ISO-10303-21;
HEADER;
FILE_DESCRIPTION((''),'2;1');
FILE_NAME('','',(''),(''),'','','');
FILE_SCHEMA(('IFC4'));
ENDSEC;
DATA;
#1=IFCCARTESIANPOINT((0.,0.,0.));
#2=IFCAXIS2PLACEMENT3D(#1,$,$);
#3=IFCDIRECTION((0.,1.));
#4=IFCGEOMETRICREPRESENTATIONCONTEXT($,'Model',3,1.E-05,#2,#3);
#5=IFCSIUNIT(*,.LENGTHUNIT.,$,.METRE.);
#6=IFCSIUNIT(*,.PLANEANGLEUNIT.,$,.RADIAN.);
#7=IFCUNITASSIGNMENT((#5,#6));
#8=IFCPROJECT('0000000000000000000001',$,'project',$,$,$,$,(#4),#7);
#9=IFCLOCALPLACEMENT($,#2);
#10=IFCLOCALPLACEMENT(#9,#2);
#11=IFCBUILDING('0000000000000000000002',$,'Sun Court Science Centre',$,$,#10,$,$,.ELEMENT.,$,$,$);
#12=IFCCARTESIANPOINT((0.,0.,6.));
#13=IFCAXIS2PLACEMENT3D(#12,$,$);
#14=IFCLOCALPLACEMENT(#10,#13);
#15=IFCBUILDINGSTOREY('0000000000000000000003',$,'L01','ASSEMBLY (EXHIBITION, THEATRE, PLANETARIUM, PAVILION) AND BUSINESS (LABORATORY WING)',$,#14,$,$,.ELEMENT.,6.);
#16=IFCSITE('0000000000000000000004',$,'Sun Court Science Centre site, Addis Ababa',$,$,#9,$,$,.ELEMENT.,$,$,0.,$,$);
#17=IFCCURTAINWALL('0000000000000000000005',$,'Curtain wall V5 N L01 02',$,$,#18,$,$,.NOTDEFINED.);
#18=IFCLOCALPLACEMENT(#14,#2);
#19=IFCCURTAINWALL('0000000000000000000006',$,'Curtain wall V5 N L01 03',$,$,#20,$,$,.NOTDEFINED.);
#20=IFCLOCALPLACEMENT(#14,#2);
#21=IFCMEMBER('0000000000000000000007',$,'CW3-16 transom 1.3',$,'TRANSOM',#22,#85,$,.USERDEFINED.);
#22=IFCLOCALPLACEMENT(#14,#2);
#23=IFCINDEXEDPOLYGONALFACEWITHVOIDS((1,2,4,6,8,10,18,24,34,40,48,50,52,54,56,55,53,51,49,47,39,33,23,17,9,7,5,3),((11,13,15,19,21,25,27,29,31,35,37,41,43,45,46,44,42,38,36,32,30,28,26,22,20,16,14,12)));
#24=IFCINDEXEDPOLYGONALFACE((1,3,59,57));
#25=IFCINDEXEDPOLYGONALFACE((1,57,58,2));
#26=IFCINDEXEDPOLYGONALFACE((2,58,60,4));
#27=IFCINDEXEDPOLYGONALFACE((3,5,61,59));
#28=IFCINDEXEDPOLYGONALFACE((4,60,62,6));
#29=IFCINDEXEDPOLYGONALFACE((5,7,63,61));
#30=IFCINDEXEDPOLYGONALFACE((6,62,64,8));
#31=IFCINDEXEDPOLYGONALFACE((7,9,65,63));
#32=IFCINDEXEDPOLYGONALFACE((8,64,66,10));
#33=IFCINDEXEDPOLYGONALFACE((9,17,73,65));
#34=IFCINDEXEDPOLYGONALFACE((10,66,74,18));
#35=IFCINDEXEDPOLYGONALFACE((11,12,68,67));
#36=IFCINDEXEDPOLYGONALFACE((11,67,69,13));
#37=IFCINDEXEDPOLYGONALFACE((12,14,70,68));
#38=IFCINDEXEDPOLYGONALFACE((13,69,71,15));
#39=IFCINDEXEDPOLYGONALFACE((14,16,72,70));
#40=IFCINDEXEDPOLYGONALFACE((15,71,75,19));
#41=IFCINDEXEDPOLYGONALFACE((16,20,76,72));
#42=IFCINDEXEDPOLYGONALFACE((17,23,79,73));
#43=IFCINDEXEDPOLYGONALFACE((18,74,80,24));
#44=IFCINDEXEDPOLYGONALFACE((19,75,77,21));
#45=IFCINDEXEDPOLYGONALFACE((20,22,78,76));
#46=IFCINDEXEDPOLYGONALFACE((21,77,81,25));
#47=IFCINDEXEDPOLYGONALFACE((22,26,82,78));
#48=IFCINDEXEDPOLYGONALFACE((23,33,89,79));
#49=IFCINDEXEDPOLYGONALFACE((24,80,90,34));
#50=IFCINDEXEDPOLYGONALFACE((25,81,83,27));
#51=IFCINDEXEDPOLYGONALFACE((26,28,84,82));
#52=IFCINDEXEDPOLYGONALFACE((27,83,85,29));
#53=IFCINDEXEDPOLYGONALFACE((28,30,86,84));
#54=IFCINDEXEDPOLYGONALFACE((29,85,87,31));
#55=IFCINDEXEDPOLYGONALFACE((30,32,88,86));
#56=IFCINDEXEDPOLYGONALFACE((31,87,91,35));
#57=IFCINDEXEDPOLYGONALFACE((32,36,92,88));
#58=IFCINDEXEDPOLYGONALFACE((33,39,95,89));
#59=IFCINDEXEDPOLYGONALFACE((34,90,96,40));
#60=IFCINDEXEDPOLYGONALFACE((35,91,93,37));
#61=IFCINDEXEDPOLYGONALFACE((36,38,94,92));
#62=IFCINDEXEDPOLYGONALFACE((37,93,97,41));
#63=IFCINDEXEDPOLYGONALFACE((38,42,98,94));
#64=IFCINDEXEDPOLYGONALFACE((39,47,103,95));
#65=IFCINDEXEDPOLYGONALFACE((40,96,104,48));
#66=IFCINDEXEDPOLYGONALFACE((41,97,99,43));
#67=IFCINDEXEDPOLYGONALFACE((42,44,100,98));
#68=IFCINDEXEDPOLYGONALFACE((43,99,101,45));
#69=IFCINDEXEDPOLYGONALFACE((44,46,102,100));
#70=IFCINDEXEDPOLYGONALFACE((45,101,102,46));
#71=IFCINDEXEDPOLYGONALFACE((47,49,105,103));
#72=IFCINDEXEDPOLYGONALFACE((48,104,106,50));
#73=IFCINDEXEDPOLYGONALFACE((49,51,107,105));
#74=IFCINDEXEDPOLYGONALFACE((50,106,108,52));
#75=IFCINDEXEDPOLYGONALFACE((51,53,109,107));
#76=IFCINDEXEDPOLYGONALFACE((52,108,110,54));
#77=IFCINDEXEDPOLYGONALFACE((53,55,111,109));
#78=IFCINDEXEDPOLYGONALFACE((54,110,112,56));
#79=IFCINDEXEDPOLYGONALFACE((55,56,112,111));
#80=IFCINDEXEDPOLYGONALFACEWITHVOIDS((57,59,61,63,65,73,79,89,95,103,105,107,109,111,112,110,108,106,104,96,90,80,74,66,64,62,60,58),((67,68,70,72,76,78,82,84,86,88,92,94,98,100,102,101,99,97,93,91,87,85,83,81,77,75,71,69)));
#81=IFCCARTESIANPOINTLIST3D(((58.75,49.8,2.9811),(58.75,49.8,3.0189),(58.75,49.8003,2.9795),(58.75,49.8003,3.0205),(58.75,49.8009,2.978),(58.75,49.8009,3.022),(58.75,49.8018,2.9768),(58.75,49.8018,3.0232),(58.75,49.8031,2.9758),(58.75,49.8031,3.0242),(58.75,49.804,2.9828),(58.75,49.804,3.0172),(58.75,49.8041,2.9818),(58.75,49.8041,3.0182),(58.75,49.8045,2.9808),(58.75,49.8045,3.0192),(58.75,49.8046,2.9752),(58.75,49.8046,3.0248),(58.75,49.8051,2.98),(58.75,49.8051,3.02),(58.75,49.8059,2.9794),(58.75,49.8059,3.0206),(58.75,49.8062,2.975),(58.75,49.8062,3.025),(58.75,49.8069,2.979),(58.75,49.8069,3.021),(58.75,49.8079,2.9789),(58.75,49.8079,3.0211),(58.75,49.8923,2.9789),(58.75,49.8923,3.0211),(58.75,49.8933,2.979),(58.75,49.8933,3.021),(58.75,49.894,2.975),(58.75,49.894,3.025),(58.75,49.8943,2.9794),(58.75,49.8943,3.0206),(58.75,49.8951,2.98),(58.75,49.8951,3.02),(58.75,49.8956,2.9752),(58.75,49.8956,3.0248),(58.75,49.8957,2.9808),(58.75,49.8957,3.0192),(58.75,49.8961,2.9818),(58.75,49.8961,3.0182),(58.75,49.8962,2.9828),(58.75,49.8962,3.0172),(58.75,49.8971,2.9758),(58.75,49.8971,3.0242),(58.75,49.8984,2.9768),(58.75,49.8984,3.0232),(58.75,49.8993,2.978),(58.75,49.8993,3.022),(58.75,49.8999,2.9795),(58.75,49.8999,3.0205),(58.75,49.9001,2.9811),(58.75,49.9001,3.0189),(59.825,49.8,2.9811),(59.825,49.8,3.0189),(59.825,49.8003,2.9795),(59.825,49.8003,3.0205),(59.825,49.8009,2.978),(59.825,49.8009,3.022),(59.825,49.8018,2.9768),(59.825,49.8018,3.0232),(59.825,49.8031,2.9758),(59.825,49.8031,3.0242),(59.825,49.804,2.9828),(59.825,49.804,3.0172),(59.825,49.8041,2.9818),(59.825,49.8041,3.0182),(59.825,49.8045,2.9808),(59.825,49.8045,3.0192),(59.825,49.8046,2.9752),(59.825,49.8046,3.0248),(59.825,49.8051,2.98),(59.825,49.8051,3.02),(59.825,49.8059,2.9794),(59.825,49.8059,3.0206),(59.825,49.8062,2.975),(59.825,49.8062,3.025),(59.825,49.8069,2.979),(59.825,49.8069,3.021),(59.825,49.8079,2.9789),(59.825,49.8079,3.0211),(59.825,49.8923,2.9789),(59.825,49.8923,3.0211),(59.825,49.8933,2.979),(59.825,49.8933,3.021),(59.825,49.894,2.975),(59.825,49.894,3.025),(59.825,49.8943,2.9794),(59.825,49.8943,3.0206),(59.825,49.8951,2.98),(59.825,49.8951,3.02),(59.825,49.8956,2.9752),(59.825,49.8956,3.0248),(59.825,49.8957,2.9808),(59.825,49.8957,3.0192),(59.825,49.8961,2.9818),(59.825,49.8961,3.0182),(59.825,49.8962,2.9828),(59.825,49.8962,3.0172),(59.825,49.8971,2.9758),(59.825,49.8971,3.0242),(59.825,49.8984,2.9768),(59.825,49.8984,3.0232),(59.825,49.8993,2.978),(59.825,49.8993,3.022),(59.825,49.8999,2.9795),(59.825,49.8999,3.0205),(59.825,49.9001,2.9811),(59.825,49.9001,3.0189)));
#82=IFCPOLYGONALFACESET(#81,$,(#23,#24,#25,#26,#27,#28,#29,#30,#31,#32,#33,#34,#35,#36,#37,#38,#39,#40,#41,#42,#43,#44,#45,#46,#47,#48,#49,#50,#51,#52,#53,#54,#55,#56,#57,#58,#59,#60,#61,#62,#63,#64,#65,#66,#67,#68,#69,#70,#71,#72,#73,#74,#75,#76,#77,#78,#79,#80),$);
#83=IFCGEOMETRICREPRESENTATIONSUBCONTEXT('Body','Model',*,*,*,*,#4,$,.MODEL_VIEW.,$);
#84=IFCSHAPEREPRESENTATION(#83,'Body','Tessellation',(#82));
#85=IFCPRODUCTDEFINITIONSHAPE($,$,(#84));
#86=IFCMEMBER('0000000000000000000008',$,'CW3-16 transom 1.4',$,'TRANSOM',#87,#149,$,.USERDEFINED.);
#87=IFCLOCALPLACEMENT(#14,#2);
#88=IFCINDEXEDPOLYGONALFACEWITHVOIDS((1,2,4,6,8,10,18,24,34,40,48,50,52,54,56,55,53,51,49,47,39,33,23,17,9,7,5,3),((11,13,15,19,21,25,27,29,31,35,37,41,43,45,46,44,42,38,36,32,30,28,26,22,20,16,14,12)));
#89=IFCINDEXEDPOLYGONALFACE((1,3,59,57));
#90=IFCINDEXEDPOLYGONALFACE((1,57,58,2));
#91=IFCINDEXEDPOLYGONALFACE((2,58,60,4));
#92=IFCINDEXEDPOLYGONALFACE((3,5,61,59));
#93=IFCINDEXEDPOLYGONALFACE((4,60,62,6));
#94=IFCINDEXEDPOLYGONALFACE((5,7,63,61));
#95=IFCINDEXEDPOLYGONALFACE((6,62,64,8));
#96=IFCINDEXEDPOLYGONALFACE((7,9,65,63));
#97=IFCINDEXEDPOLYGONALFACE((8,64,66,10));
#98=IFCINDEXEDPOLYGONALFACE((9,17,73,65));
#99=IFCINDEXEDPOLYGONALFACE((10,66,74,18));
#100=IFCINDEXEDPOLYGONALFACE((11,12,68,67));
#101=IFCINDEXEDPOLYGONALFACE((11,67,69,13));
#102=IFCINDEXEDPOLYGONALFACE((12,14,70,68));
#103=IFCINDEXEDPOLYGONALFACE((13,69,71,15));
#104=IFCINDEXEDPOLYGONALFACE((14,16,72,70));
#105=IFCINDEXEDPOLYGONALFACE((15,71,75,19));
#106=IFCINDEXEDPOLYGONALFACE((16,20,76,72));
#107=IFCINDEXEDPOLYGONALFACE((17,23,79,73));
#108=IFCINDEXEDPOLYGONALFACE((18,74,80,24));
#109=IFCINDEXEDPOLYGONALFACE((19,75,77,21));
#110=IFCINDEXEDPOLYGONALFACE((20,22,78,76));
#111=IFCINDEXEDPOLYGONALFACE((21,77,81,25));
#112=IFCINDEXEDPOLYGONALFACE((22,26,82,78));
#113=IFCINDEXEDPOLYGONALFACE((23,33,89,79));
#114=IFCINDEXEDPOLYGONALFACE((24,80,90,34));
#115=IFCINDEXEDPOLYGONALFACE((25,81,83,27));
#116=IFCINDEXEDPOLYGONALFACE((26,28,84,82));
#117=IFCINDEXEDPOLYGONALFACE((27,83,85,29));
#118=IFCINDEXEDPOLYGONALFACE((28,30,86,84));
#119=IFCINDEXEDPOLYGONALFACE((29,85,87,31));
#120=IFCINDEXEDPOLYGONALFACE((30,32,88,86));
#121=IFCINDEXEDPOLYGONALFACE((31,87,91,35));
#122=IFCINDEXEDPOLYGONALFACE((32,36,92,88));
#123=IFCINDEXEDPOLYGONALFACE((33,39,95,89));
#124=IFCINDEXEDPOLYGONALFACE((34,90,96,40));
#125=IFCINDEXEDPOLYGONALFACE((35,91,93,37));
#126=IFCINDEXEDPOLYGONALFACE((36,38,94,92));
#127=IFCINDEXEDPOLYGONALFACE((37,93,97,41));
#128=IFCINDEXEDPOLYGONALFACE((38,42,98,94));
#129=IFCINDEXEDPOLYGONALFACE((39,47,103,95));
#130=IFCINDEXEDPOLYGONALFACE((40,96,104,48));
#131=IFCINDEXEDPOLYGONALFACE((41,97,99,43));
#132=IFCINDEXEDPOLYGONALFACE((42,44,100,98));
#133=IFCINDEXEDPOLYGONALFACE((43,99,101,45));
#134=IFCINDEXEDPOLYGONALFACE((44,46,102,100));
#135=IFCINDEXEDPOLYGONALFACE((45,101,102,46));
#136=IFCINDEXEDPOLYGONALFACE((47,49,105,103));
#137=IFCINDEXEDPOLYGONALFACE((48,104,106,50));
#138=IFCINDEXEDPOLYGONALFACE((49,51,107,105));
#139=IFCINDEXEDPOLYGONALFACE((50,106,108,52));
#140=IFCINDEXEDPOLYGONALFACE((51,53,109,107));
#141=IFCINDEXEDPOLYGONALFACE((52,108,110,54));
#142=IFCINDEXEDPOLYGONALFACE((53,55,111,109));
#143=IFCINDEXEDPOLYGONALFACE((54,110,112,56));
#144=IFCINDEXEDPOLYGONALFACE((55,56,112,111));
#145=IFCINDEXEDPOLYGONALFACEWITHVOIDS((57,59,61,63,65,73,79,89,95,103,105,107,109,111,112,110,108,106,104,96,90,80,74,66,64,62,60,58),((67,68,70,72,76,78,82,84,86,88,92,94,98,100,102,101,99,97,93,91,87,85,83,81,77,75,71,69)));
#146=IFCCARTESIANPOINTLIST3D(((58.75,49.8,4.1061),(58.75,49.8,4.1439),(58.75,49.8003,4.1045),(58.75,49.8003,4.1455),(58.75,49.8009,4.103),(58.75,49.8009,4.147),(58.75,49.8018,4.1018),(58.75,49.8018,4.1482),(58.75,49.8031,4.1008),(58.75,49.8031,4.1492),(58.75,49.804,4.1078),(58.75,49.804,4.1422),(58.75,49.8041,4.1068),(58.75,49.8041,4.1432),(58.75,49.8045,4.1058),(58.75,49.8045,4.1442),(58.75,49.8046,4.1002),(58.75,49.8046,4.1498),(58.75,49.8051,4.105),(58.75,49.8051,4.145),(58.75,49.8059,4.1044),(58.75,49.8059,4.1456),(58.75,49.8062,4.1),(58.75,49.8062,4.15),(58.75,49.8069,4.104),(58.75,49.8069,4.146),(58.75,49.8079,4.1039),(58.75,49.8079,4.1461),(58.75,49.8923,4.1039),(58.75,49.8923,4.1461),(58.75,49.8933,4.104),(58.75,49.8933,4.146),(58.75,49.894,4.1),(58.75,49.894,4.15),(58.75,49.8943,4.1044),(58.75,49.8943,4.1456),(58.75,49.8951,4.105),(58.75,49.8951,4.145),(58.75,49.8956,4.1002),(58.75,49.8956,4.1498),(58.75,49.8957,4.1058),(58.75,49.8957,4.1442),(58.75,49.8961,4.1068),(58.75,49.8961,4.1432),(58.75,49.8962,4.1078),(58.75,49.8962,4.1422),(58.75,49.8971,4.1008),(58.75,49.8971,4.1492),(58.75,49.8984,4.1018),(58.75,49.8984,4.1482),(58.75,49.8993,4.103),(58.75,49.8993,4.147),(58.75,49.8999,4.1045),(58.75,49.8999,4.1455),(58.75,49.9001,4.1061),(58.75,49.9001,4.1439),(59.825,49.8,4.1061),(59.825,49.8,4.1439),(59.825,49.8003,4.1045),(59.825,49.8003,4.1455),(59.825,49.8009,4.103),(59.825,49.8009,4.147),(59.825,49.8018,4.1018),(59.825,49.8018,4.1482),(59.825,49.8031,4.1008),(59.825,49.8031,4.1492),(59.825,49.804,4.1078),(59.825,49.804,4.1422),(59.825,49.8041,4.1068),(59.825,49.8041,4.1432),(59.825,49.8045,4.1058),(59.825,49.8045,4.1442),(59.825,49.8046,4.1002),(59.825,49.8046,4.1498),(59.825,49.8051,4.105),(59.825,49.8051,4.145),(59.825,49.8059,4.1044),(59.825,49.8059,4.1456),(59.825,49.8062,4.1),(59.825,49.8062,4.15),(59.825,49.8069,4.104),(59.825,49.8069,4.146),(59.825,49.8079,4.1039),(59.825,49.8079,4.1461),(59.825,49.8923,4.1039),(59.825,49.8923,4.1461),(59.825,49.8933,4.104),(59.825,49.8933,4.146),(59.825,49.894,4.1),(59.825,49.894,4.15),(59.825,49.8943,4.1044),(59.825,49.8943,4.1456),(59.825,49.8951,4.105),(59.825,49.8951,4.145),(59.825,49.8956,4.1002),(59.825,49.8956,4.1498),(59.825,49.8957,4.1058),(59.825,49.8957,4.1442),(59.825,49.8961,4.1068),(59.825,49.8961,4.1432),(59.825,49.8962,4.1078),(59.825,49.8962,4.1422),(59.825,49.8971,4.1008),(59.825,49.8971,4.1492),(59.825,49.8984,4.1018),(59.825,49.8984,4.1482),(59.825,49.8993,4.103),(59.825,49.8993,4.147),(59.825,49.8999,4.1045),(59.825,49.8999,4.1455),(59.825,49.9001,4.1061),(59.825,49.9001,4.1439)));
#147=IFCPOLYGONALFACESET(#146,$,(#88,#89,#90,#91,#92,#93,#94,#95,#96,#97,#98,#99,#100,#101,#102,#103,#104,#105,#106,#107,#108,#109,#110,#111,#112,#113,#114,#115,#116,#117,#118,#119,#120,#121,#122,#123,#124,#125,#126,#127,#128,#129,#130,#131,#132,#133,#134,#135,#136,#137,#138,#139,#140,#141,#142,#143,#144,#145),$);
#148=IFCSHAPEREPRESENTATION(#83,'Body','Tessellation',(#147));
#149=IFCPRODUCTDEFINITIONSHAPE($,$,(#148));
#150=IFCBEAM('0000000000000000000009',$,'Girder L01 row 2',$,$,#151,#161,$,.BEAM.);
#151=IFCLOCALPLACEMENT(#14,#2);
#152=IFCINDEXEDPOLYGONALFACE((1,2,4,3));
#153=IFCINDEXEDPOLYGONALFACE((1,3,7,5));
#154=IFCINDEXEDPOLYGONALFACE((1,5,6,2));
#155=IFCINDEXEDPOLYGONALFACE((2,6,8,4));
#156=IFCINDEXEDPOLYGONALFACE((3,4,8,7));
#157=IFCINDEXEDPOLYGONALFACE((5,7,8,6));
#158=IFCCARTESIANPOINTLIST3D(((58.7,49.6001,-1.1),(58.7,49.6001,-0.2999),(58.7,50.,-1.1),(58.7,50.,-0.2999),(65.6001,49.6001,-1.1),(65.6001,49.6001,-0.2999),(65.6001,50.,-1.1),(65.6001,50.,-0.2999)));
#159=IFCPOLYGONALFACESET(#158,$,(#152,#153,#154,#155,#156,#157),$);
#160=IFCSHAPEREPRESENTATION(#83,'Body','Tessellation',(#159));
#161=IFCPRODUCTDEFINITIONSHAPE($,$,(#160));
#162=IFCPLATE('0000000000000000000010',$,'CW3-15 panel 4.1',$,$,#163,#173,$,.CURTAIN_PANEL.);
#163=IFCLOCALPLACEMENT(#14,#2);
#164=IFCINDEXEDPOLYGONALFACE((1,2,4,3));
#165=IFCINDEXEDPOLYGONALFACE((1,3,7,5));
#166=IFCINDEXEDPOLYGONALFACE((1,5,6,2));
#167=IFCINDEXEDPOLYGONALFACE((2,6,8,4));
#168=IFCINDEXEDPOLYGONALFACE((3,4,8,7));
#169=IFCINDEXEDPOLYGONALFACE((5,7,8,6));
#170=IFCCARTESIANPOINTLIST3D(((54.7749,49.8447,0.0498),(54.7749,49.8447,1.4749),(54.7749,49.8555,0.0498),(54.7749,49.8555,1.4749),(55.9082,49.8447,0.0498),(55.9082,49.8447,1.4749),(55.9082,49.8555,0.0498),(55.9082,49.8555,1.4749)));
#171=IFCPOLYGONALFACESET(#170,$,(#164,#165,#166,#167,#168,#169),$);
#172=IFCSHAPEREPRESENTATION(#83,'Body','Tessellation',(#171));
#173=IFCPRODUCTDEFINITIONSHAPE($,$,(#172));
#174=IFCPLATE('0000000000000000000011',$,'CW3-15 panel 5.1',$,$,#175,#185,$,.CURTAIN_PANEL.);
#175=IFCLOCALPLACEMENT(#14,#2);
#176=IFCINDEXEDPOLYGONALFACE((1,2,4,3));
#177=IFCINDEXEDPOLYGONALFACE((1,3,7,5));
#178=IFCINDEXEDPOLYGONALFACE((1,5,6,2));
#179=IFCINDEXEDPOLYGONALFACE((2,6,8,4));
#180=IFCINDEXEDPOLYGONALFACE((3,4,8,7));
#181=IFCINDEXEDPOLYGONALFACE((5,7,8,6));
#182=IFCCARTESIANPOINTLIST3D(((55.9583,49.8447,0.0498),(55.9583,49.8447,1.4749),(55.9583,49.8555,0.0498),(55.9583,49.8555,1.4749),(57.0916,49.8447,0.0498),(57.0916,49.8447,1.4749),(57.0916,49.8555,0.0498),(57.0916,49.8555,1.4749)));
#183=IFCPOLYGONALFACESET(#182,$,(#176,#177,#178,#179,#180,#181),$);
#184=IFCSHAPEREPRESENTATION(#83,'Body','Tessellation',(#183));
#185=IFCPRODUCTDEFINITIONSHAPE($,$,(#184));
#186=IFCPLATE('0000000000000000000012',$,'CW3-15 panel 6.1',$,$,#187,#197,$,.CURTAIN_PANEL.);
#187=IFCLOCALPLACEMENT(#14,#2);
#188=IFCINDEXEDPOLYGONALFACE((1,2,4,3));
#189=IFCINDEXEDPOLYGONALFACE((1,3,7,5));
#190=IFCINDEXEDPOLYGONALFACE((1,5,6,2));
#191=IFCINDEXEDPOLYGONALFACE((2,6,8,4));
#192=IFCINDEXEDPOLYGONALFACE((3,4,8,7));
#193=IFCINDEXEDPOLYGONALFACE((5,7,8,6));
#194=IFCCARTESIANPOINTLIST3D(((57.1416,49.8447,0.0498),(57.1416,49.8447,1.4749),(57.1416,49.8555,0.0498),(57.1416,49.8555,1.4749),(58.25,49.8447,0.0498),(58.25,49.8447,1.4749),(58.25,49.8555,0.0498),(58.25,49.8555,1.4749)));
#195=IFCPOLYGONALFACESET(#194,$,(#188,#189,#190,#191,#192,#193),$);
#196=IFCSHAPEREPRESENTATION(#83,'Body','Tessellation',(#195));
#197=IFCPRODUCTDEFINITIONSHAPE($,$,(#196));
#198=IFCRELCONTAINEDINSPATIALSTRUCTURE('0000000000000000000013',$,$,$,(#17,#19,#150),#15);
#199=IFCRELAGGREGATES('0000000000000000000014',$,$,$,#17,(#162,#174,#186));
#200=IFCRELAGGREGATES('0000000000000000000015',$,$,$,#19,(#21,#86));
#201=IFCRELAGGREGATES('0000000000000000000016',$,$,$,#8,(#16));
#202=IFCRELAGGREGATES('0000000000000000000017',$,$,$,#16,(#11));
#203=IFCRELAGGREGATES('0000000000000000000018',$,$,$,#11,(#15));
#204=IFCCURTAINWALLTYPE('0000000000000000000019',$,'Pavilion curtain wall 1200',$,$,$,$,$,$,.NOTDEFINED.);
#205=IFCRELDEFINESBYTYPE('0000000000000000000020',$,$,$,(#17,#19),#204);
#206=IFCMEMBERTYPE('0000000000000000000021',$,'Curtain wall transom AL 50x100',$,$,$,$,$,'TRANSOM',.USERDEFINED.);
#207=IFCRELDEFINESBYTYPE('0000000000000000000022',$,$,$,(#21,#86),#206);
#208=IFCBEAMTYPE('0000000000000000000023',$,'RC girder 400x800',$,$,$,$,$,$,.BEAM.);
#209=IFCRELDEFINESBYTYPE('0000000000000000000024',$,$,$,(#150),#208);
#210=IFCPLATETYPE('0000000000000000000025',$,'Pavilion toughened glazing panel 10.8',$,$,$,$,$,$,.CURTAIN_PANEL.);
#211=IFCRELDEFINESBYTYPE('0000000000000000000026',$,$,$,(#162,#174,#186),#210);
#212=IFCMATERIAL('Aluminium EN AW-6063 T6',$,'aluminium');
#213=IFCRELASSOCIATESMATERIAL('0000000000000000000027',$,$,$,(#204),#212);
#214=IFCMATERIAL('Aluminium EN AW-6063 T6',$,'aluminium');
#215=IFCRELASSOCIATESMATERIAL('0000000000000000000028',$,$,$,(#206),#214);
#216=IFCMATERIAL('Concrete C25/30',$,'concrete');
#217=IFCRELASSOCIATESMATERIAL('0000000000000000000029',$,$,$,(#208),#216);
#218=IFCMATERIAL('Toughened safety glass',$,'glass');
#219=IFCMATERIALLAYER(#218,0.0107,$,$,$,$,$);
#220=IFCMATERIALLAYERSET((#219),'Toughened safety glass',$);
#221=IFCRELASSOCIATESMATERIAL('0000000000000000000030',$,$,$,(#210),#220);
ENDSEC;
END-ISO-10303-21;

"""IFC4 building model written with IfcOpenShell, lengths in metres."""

from ifc_helpers import new_model, si_unit, direction, frame, origin, origin_2d, place, context, subcontext, project, spatial, rectangle, hollow_rectangle, extrude, material, layer, layer_set, material_profile, profile_set, type_object, element, aggregate, save


model = new_model("IFC4")

# Units and contexts
model_context = context("Model", 3, precision=1e-05, world=origin(), true_north=direction((0.0, 1.0)))
body_context = subcontext(model_context, "Body", "Model", "MODEL_VIEW")
ifc_project = project(units=[si_unit("LENGTHUNIT", "METRE"), si_unit("PLANEANGLEUNIT", "RADIAN")], contexts=[model_context])

# Site, building, storey
site_placement = place(None, origin())
site = spatial("IfcSite", under=ifc_project, at=site_placement, Name="Sun Court Science Centre site, Addis Ababa", CompositionType="ELEMENT", RefElevation=0.0)
building_placement = place(site_placement, origin())
building = spatial("IfcBuilding", under=site, at=building_placement, Name="Sun Court Science Centre", CompositionType="ELEMENT")
storey_placement = place(building_placement, frame((0.0, 0.0, 6.0)))
storey = spatial("IfcBuildingStorey", under=building, at=storey_placement, Name="L01", Description="ASSEMBLY (EXHIBITION, THEATRE, PLANETARIUM, PAVILION) AND BUSINESS (LABORATORY WING)", CompositionType="ELEMENT", Elevation=6.0)

# Curtain walls
ifc_material_1 = material(Name="Aluminium EN AW-6063 T6", Category="aluminium")
curtain_wall_type = type_object("IfcCurtainWallType", Name="Pavilion curtain wall 1200", PredefinedType="NOTDEFINED", material=ifc_material_1)
curtain_wall_1_placement = place(storey_placement, origin())
curtain_wall_1 = element("IfcCurtainWall", 1, at=curtain_wall_1_placement, inside=storey, type_object=curtain_wall_type, Name="Curtain wall V5 N L01 02", PredefinedType="NOTDEFINED")
curtain_wall_2_placement = place(storey_placement, origin())
curtain_wall_2 = element("IfcCurtainWall", 2, at=curtain_wall_2_placement, inside=storey, type_object=curtain_wall_type, Name="Curtain wall V5 N L01 03", PredefinedType="NOTDEFINED")

# Members
ifc_material_2 = material(Name="Aluminium EN AW-6063 T6", Category="aluminium")
ifc_material_profile_1 = material_profile(ifc_material_2, hollow_rectangle(XDim=0.05, YDim=0.1001, WallThickness=0.0039, InnerFilletRadius=0.0039, OuterFilletRadius=0.0061, at=origin_2d()), Name="AL 50x100x4")
ifc_profile_set_1 = profile_set([ifc_material_profile_1], Name="Aluminium EN AW-6063 T6")
member_type_1 = type_object("IfcMemberType", Name="Curtain wall transom AL 50x100", ElementType="TRANSOM", PredefinedType="USERDEFINED", material=ifc_profile_set_1)
member_1_placement = place(storey_placement, frame((58.75, 49.8501, 3.0), z_axis=(1.0, 0.0, 0.0), x_axis=(0.0, 0.0, 1.0)))
member_1 = element("IfcMember", 3, at=member_1_placement, type_object=member_type_1, Name="CW3-16 transom 1.3", ObjectType="TRANSOM", PredefinedType="USERDEFINED", context=body_context, shape_type="SweptSolid", body=[
    extrude(hollow_rectangle(XDim=0.05, YDim=0.1001, WallThickness=0.0039, InnerFilletRadius=0.0039, OuterFilletRadius=0.0061, at=origin_2d()), origin(), (0.0, 0.0, 1.0), 1.075),
])
member_2_placement = place(storey_placement, frame((58.75, 49.8501, 4.125), z_axis=(1.0, 0.0, 0.0), x_axis=(0.0, 0.0, 1.0)))
member_2 = element("IfcMember", 4, at=member_2_placement, type_object=member_type_1, Name="CW3-16 transom 1.4", ObjectType="TRANSOM", PredefinedType="USERDEFINED", context=body_context, shape_type="SweptSolid", body=[
    extrude(hollow_rectangle(XDim=0.05, YDim=0.1001, WallThickness=0.0039, InnerFilletRadius=0.0039, OuterFilletRadius=0.0061, at=origin_2d()), origin(), (0.0, 0.0, 1.0), 1.075),
])

# Beam
ifc_material_3 = material(Name="Concrete C25/30", Category="concrete")
ifc_material_profile_2 = material_profile(ifc_material_3, rectangle(XDim=0.3999, YDim=0.8, at=origin_2d()), Name="RC 400x800")
ifc_profile_set_2 = profile_set([ifc_material_profile_2], Name="Concrete C25/30")
beam_type = type_object("IfcBeamType", Name="RC girder 400x800", PredefinedType="BEAM", material=ifc_profile_set_2)
beam_placement = place(storey_placement, frame((58.7, 49.8, -0.7), z_axis=(1.0, 0.0, 0.0), x_axis=(0.0, 1.0, 0.0)))
element("IfcBeam", 5, at=beam_placement, inside=storey, type_object=beam_type, Name="Girder L01 row 2", PredefinedType="BEAM", context=body_context, shape_type="SweptSolid", body=[
    extrude(rectangle(XDim=0.3999, YDim=0.8, at=origin_2d()), origin(), (0.0, 0.0, 1.0), 6.9001),
])

# Plates
ifc_material_4 = material(Name="Toughened safety glass", Category="glass")
ifc_layer_1 = layer(ifc_material_4, 0.0107)
ifc_layer_set_1 = layer_set([ifc_layer_1], Name="Toughened safety glass")
plate_type = type_object("IfcPlateType", Name="Pavilion toughened glazing panel 10.8", PredefinedType="CURTAIN_PANEL", material=ifc_layer_set_1)
plate_1_placement = place(storey_placement, frame((55.3416, 49.8501, 0.0498), z_axis=(0.0, 0.0, 1.0), x_axis=(1.0, 0.0, 0.0)))
plate_1 = element("IfcPlate", 6, at=plate_1_placement, type_object=plate_type, Name="CW3-15 panel 4.1", PredefinedType="CURTAIN_PANEL", context=body_context, shape_type="SweptSolid", body=[
    extrude(rectangle(XDim=1.1333, YDim=0.0107, at=origin_2d()), origin(), (0.0, 0.0, 1.0), 1.425),
])
plate_2_placement = place(storey_placement, frame((56.5249, 49.8501, 0.0498), z_axis=(0.0, 0.0, 1.0), x_axis=(1.0, 0.0, 0.0)))
plate_2 = element("IfcPlate", 7, at=plate_2_placement, type_object=plate_type, Name="CW3-15 panel 5.1", PredefinedType="CURTAIN_PANEL", context=body_context, shape_type="SweptSolid", body=[
    extrude(rectangle(XDim=1.1333, YDim=0.0107, at=origin_2d()), origin(), (0.0, 0.0, 1.0), 1.425),
])
plate_3_placement = place(storey_placement, frame((57.6958, 49.8501, 0.0498), z_axis=(0.0, 0.0, 1.0), x_axis=(1.0, 0.0, 0.0)))
plate_3 = element("IfcPlate", 8, at=plate_3_placement, type_object=plate_type, Name="CW3-15 panel 6.1", PredefinedType="CURTAIN_PANEL", context=body_context, shape_type="SweptSolid", body=[
    extrude(rectangle(XDim=1.1084, YDim=0.0107, at=origin_2d()), origin(), (0.0, 0.0, 1.0), 1.425),
])
aggregate(curtain_wall_1, [plate_1, plate_2, plate_3])
aggregate(curtain_wall_2, [member_1, member_2])

save(model, "model.ifc")
